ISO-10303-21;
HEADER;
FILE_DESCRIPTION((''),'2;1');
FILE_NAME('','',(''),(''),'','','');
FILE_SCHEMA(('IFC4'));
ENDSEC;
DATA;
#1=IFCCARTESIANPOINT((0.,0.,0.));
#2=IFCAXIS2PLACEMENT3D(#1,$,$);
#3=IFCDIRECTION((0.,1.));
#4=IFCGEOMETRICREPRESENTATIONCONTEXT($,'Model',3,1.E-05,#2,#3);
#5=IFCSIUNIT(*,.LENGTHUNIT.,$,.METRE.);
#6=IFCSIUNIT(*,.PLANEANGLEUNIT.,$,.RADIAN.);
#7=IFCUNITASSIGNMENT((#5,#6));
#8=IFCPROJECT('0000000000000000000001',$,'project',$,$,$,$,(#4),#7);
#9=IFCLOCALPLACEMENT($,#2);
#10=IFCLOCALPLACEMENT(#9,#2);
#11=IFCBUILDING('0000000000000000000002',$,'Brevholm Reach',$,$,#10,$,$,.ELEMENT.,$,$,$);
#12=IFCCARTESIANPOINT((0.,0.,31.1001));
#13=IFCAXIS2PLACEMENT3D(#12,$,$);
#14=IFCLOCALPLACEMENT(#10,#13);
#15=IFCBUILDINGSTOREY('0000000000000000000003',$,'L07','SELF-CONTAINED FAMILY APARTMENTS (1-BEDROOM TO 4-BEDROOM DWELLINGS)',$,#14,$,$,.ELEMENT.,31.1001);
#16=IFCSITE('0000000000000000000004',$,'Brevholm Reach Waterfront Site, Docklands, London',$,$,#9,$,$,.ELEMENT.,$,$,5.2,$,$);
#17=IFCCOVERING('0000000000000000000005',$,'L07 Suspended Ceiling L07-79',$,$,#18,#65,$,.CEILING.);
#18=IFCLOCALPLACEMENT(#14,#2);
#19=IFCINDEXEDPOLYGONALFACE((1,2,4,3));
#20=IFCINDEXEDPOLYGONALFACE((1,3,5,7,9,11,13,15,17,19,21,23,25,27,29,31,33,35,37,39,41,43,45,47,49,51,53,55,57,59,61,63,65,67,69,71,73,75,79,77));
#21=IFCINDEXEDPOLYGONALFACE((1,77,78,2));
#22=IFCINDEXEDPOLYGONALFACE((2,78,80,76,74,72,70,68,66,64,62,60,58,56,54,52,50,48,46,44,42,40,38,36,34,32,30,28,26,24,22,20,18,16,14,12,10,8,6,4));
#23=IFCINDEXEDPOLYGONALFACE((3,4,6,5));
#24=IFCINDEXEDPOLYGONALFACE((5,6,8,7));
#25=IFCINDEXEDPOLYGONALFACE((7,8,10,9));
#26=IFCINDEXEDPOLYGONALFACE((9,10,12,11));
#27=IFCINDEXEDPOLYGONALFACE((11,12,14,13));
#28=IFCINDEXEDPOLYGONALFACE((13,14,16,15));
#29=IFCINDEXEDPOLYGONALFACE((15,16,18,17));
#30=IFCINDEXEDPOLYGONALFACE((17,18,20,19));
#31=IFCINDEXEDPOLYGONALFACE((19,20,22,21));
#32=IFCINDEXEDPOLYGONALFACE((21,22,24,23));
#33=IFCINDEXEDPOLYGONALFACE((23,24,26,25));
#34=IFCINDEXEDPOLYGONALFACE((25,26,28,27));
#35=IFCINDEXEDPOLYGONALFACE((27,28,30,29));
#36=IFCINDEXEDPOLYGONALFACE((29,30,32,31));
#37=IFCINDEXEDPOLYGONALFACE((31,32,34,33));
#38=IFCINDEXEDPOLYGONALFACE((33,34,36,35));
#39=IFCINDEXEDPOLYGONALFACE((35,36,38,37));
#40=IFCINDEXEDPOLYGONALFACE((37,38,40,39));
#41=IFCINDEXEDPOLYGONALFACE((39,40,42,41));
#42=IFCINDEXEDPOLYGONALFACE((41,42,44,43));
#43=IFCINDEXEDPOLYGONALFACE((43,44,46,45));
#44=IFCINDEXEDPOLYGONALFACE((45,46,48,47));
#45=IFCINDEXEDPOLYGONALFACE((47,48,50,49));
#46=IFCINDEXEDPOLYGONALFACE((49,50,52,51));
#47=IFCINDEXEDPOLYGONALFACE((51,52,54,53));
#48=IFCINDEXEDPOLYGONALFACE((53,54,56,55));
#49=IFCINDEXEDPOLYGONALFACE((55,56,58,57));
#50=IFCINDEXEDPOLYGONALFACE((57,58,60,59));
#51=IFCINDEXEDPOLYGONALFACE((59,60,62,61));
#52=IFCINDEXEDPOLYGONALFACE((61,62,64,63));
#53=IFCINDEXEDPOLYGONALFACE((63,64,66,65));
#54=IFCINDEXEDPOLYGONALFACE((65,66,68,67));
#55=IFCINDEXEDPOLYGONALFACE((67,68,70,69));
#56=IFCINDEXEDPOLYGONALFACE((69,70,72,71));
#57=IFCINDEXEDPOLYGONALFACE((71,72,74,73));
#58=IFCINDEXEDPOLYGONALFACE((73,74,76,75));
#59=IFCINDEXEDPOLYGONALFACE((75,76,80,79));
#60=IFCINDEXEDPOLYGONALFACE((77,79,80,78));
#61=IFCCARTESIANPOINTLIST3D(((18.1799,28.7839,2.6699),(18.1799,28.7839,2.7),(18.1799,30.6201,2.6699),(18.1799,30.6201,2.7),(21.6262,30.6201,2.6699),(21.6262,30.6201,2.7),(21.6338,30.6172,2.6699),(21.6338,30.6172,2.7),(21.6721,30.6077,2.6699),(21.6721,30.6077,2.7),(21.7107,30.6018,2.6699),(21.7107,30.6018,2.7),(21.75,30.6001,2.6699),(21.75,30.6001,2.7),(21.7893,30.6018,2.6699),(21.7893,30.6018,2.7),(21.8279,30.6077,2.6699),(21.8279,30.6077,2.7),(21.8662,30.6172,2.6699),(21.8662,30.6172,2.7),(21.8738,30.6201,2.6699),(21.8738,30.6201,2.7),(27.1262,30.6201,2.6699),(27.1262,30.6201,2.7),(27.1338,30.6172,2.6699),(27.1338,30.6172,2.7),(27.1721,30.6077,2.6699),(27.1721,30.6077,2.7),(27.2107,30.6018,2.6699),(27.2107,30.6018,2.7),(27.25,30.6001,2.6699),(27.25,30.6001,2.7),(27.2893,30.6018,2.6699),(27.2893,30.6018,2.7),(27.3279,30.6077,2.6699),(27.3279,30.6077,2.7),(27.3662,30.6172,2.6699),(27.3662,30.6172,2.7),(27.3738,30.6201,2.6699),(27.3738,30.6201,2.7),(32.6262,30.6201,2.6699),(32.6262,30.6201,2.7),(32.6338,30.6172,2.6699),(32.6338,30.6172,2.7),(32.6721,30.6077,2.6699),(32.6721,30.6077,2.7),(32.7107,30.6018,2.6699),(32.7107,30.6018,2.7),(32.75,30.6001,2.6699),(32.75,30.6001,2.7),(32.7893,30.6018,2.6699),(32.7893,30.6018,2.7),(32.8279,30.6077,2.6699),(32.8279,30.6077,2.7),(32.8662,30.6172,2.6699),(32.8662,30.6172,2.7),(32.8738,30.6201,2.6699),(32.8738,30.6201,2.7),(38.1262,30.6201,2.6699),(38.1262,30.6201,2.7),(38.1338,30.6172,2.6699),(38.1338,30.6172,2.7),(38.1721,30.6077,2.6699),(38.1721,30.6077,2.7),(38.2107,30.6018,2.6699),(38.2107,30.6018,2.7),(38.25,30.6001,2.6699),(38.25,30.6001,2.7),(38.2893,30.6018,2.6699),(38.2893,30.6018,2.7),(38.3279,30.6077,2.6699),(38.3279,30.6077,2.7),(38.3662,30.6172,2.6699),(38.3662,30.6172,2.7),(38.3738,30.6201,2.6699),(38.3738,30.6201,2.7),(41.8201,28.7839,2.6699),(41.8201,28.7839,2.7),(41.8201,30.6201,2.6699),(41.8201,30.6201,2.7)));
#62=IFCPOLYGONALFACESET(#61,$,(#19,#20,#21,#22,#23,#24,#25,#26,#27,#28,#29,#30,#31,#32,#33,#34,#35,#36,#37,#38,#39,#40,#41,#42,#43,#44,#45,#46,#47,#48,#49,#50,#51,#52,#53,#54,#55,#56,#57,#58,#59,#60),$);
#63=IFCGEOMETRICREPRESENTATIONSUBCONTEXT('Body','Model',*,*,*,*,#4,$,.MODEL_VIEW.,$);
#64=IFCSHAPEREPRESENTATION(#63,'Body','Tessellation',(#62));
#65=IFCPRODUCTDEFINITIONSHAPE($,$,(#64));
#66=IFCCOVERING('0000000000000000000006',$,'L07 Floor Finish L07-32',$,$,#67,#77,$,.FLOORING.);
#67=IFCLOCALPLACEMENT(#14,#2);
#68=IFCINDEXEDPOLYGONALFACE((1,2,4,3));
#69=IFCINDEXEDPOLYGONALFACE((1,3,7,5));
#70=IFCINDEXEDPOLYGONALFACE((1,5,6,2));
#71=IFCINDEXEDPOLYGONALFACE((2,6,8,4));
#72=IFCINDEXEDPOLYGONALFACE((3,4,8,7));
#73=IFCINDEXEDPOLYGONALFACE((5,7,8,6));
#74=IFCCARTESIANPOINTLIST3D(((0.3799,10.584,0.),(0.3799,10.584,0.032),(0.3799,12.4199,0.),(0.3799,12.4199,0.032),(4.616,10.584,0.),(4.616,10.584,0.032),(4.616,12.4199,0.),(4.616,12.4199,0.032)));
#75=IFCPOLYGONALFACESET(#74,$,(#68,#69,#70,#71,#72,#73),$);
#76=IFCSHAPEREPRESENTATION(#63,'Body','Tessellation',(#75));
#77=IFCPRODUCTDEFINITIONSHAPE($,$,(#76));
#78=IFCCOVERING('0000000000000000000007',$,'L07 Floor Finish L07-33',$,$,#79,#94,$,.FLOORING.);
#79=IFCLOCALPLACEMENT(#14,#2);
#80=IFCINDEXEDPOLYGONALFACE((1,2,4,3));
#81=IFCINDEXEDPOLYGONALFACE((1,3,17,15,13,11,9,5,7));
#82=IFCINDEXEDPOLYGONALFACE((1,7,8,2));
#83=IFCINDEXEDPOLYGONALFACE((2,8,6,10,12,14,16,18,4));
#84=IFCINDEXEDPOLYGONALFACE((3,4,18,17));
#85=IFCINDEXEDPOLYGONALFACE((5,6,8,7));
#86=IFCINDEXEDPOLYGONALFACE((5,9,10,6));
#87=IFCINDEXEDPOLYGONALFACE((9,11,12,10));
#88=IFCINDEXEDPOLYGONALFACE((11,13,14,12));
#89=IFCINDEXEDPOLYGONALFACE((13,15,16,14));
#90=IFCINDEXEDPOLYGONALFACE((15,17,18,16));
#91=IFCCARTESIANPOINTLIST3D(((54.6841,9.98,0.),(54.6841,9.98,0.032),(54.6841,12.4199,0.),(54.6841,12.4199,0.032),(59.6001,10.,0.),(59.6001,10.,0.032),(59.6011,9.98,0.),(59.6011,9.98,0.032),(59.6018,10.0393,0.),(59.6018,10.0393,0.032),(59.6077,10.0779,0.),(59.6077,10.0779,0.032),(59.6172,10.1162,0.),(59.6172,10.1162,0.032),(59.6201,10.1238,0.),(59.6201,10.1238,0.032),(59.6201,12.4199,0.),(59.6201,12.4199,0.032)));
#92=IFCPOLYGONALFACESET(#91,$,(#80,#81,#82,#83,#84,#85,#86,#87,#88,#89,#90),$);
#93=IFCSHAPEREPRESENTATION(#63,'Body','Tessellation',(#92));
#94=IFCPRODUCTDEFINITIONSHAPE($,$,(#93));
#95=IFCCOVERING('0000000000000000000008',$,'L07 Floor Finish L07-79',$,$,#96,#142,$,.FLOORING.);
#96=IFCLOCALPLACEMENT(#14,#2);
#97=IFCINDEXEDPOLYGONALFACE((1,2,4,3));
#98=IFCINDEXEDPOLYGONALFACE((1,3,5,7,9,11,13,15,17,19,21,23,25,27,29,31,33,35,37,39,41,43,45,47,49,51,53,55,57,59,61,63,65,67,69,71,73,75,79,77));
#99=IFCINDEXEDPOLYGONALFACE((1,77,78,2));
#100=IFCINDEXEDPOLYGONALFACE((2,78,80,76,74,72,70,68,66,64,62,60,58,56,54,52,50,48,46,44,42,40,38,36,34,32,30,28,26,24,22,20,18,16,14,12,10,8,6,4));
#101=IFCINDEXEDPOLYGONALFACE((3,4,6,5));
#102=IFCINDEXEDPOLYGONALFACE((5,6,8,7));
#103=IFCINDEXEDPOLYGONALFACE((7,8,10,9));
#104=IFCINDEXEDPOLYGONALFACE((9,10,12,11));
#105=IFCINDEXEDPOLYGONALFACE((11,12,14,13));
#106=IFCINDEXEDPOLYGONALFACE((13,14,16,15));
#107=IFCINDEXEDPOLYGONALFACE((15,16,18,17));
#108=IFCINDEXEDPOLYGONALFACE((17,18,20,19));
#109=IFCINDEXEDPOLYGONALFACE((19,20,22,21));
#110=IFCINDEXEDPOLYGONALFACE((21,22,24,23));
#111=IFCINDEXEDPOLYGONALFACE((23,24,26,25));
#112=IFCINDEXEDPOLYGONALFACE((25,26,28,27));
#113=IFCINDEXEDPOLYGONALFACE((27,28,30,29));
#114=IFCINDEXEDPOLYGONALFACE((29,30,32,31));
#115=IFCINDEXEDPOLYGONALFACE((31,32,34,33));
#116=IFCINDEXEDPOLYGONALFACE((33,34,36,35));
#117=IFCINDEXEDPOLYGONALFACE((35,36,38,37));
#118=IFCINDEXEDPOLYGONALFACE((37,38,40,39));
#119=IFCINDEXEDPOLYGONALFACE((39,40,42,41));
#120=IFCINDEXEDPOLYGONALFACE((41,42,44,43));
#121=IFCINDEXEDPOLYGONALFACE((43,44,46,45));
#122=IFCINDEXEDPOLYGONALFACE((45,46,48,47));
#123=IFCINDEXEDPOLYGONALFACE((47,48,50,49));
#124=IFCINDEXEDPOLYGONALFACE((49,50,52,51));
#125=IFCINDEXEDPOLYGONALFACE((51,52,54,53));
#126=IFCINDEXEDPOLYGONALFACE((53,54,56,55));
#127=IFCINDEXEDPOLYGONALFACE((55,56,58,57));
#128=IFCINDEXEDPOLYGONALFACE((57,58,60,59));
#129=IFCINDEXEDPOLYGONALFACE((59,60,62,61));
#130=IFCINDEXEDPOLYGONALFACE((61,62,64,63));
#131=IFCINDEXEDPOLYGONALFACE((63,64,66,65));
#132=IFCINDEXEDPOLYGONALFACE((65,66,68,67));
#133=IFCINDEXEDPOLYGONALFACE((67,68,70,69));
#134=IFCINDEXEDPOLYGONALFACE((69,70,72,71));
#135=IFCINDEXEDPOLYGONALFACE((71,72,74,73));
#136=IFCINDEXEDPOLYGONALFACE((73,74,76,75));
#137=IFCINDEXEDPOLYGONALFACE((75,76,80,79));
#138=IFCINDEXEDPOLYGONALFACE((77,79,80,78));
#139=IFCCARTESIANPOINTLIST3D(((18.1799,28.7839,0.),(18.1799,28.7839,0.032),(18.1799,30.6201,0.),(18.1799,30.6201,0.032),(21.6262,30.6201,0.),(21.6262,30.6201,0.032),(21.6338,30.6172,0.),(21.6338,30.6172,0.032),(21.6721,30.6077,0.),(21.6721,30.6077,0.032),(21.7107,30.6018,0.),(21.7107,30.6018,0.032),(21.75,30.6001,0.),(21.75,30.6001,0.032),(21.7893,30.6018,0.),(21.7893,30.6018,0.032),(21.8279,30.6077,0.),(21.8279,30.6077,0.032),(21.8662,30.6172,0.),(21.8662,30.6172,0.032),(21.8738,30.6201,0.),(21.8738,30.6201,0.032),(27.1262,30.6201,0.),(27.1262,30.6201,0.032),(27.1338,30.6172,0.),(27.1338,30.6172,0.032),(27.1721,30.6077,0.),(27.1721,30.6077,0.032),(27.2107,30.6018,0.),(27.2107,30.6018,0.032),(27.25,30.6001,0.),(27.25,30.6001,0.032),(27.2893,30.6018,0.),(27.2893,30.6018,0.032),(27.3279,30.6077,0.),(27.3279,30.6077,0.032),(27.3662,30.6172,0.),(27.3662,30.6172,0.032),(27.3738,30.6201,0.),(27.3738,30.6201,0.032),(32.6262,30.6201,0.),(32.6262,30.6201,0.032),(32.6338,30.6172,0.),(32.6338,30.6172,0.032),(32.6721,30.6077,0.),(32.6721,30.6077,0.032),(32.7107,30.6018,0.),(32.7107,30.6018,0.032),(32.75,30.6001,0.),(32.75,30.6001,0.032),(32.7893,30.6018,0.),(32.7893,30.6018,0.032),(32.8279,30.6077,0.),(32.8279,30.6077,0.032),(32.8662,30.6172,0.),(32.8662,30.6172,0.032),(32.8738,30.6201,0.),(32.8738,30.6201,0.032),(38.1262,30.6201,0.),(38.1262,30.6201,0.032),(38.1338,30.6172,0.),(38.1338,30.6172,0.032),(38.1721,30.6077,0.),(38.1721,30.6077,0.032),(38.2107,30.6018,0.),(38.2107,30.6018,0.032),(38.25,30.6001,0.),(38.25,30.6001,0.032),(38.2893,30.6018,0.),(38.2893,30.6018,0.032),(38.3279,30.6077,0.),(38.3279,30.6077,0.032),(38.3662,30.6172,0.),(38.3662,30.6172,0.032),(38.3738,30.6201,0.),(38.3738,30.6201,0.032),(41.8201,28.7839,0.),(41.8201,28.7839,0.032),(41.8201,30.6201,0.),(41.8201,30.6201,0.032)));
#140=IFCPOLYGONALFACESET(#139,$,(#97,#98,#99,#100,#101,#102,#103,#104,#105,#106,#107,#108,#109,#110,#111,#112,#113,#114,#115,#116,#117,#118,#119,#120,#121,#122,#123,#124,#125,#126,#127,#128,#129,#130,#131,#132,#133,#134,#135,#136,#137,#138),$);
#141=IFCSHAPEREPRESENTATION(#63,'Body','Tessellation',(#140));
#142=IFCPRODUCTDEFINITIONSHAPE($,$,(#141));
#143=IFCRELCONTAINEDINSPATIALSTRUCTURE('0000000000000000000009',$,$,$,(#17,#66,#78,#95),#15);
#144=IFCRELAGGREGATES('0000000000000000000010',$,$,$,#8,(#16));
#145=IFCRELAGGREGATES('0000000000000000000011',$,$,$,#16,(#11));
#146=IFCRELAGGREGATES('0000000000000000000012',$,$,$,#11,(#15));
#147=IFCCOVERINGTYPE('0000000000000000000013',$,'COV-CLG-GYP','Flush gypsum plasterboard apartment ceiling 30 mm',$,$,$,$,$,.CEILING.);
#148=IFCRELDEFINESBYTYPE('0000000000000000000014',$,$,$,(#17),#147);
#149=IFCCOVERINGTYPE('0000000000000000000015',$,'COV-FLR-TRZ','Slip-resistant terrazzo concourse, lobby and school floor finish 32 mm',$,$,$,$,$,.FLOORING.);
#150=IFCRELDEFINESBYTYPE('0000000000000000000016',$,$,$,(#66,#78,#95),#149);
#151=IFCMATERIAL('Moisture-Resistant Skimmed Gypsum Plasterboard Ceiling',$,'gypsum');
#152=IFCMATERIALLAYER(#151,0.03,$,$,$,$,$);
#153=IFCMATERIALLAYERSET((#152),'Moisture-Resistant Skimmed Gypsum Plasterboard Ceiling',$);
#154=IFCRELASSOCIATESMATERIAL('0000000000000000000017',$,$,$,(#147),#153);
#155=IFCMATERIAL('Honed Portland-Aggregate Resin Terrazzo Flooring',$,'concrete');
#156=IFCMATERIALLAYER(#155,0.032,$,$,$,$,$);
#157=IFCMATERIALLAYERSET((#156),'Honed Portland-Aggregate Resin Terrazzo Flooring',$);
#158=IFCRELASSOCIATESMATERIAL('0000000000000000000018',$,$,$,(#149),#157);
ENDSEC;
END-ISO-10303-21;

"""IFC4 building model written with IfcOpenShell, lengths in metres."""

from ifc_helpers import new_model, si_unit, direction, frame, origin, place, context, subcontext, project, spatial, polyline, outline, extrude, material, layer, layer_set, type_object, element, save


model = new_model("IFC4")

# Units and contexts
model_context = context("Model", 3, precision=1e-05, world=origin(), true_north=direction((0.0, 1.0)))
body_context = subcontext(model_context, "Body", "Model", "MODEL_VIEW")
ifc_project = project(units=[si_unit("LENGTHUNIT", "METRE"), si_unit("PLANEANGLEUNIT", "RADIAN")], contexts=[model_context])

# Site, building, storey
site_placement = place(None, origin())
site = spatial("IfcSite", under=ifc_project, at=site_placement, Name="Brevholm Reach Waterfront Site, Docklands, London", CompositionType="ELEMENT", RefElevation=5.2)
building_placement = place(site_placement, origin())
building = spatial("IfcBuilding", under=site, at=building_placement, Name="Brevholm Reach", CompositionType="ELEMENT")
storey_placement = place(building_placement, frame((0.0, 0.0, 31.1001)))
storey = spatial("IfcBuildingStorey", under=building, at=storey_placement, Name="L07", Description="SELF-CONTAINED FAMILY APARTMENTS (1-BEDROOM TO 4-BEDROOM DWELLINGS)", CompositionType="ELEMENT", Elevation=31.1001)

# Coverings
ifc_material_1 = material(Name="Moisture-Resistant Skimmed Gypsum Plasterboard Ceiling", Category="gypsum")
ifc_layer_1 = layer(ifc_material_1, 0.03)
ifc_layer_set_1 = layer_set([ifc_layer_1], Name="Moisture-Resistant Skimmed Gypsum Plasterboard Ceiling")
covering_type_1 = type_object("IfcCoveringType", Name="COV-CLG-GYP", Description="Flush gypsum plasterboard apartment ceiling 30 mm", PredefinedType="CEILING", material=ifc_layer_set_1)
covering_1_placement = place(storey_placement, frame((0.0, 0.0, 2.6699)))
element("IfcCovering", 1, at=covering_1_placement, inside=storey, type_object=covering_type_1, Name="L07 Suspended Ceiling L07-79", PredefinedType="CEILING", context=body_context, shape_type="SweptSolid", body=[
    extrude(outline(polyline([(18.1799, 30.6201), (21.6262, 30.6201), (21.6338, 30.6172), (21.6721, 30.6077), (21.7107, 30.6018), (21.75, 30.6001), (21.7893, 30.6018), (21.8279, 30.6077), (21.8662, 30.6172), (21.8738, 30.6201), (27.1262, 30.6201), (27.1338, 30.6172), (27.1721, 30.6077), (27.2107, 30.6018), (27.25, 30.6001), (27.2893, 30.6018), (27.3279, 30.6077), (27.3662, 30.6172), (27.3738, 30.6201), (32.6262, 30.6201), (32.6338, 30.6172), (32.6721, 30.6077), (32.7107, 30.6018), (32.75, 30.6001), (32.7893, 30.6018), (32.8279, 30.6077), (32.8662, 30.6172), (32.8738, 30.6201), (38.1262, 30.6201), (38.1338, 30.6172), (38.1721, 30.6077), (38.2107, 30.6018), (38.25, 30.6001), (38.2893, 30.6018), (38.3279, 30.6077), (38.3662, 30.6172), (38.3738, 30.6201), (41.8201, 30.6201), (41.8201, 28.7839), (18.1799, 28.7839), (18.1799, 30.6201)])), origin(), (0.0, 0.0, 1.0), 0.03),
])
ifc_material_2 = material(Name="Honed Portland-Aggregate Resin Terrazzo Flooring", Category="concrete")
ifc_layer_2 = layer(ifc_material_2, 0.032)
ifc_layer_set_2 = layer_set([ifc_layer_2], Name="Honed Portland-Aggregate Resin Terrazzo Flooring")
covering_type_2 = type_object("IfcCoveringType", Name="COV-FLR-TRZ", Description="Slip-resistant terrazzo concourse, lobby and school floor finish 32 mm", PredefinedType="FLOORING", material=ifc_layer_set_2)
covering_2_placement = place(storey_placement, origin())
element("IfcCovering", 2, at=covering_2_placement, inside=storey, type_object=covering_type_2, Name="L07 Floor Finish L07-32", PredefinedType="FLOORING", context=body_context, shape_type="SweptSolid", body=[
    extrude(outline(polyline([(0.3799, 12.4199), (4.616, 12.4199), (4.616, 10.584), (0.3799, 10.584), (0.3799, 12.4199)])), origin(), (0.0, 0.0, 1.0), 0.032),
])
covering_3_placement = place(storey_placement, origin())
element("IfcCovering", 3, at=covering_3_placement, inside=storey, type_object=covering_type_2, Name="L07 Floor Finish L07-33", PredefinedType="FLOORING", context=body_context, shape_type="SweptSolid", body=[
    extrude(outline(polyline([(59.6201, 12.4199), (59.6201, 10.1238), (59.6172, 10.1162), (59.6077, 10.0779), (59.6018, 10.0393), (59.6001, 10.0), (59.6011, 9.98), (54.6841, 9.98), (54.6841, 12.4199), (59.6201, 12.4199)])), origin(), (0.0, 0.0, 1.0), 0.032),
])
covering_4_placement = place(storey_placement, origin())
element("IfcCovering", 4, at=covering_4_placement, inside=storey, type_object=covering_type_2, Name="L07 Floor Finish L07-79", PredefinedType="FLOORING", context=body_context, shape_type="SweptSolid", body=[
    extrude(outline(polyline([(18.1799, 30.6201), (21.6262, 30.6201), (21.6338, 30.6172), (21.6721, 30.6077), (21.7107, 30.6018), (21.75, 30.6001), (21.7893, 30.6018), (21.8279, 30.6077), (21.8662, 30.6172), (21.8738, 30.6201), (27.1262, 30.6201), (27.1338, 30.6172), (27.1721, 30.6077), (27.2107, 30.6018), (27.25, 30.6001), (27.2893, 30.6018), (27.3279, 30.6077), (27.3662, 30.6172), (27.3738, 30.6201), (32.6262, 30.6201), (32.6338, 30.6172), (32.6721, 30.6077), (32.7107, 30.6018), (32.75, 30.6001), (32.7893, 30.6018), (32.8279, 30.6077), (32.8662, 30.6172), (32.8738, 30.6201), (38.1262, 30.6201), (38.1338, 30.6172), (38.1721, 30.6077), (38.2107, 30.6018), (38.25, 30.6001), (38.2893, 30.6018), (38.3279, 30.6077), (38.3662, 30.6172), (38.3738, 30.6201), (41.8201, 30.6201), (41.8201, 28.7839), (18.1799, 28.7839), (18.1799, 30.6201)])), origin(), (0.0, 0.0, 1.0), 0.032),
])

save(model, "model.ifc")
